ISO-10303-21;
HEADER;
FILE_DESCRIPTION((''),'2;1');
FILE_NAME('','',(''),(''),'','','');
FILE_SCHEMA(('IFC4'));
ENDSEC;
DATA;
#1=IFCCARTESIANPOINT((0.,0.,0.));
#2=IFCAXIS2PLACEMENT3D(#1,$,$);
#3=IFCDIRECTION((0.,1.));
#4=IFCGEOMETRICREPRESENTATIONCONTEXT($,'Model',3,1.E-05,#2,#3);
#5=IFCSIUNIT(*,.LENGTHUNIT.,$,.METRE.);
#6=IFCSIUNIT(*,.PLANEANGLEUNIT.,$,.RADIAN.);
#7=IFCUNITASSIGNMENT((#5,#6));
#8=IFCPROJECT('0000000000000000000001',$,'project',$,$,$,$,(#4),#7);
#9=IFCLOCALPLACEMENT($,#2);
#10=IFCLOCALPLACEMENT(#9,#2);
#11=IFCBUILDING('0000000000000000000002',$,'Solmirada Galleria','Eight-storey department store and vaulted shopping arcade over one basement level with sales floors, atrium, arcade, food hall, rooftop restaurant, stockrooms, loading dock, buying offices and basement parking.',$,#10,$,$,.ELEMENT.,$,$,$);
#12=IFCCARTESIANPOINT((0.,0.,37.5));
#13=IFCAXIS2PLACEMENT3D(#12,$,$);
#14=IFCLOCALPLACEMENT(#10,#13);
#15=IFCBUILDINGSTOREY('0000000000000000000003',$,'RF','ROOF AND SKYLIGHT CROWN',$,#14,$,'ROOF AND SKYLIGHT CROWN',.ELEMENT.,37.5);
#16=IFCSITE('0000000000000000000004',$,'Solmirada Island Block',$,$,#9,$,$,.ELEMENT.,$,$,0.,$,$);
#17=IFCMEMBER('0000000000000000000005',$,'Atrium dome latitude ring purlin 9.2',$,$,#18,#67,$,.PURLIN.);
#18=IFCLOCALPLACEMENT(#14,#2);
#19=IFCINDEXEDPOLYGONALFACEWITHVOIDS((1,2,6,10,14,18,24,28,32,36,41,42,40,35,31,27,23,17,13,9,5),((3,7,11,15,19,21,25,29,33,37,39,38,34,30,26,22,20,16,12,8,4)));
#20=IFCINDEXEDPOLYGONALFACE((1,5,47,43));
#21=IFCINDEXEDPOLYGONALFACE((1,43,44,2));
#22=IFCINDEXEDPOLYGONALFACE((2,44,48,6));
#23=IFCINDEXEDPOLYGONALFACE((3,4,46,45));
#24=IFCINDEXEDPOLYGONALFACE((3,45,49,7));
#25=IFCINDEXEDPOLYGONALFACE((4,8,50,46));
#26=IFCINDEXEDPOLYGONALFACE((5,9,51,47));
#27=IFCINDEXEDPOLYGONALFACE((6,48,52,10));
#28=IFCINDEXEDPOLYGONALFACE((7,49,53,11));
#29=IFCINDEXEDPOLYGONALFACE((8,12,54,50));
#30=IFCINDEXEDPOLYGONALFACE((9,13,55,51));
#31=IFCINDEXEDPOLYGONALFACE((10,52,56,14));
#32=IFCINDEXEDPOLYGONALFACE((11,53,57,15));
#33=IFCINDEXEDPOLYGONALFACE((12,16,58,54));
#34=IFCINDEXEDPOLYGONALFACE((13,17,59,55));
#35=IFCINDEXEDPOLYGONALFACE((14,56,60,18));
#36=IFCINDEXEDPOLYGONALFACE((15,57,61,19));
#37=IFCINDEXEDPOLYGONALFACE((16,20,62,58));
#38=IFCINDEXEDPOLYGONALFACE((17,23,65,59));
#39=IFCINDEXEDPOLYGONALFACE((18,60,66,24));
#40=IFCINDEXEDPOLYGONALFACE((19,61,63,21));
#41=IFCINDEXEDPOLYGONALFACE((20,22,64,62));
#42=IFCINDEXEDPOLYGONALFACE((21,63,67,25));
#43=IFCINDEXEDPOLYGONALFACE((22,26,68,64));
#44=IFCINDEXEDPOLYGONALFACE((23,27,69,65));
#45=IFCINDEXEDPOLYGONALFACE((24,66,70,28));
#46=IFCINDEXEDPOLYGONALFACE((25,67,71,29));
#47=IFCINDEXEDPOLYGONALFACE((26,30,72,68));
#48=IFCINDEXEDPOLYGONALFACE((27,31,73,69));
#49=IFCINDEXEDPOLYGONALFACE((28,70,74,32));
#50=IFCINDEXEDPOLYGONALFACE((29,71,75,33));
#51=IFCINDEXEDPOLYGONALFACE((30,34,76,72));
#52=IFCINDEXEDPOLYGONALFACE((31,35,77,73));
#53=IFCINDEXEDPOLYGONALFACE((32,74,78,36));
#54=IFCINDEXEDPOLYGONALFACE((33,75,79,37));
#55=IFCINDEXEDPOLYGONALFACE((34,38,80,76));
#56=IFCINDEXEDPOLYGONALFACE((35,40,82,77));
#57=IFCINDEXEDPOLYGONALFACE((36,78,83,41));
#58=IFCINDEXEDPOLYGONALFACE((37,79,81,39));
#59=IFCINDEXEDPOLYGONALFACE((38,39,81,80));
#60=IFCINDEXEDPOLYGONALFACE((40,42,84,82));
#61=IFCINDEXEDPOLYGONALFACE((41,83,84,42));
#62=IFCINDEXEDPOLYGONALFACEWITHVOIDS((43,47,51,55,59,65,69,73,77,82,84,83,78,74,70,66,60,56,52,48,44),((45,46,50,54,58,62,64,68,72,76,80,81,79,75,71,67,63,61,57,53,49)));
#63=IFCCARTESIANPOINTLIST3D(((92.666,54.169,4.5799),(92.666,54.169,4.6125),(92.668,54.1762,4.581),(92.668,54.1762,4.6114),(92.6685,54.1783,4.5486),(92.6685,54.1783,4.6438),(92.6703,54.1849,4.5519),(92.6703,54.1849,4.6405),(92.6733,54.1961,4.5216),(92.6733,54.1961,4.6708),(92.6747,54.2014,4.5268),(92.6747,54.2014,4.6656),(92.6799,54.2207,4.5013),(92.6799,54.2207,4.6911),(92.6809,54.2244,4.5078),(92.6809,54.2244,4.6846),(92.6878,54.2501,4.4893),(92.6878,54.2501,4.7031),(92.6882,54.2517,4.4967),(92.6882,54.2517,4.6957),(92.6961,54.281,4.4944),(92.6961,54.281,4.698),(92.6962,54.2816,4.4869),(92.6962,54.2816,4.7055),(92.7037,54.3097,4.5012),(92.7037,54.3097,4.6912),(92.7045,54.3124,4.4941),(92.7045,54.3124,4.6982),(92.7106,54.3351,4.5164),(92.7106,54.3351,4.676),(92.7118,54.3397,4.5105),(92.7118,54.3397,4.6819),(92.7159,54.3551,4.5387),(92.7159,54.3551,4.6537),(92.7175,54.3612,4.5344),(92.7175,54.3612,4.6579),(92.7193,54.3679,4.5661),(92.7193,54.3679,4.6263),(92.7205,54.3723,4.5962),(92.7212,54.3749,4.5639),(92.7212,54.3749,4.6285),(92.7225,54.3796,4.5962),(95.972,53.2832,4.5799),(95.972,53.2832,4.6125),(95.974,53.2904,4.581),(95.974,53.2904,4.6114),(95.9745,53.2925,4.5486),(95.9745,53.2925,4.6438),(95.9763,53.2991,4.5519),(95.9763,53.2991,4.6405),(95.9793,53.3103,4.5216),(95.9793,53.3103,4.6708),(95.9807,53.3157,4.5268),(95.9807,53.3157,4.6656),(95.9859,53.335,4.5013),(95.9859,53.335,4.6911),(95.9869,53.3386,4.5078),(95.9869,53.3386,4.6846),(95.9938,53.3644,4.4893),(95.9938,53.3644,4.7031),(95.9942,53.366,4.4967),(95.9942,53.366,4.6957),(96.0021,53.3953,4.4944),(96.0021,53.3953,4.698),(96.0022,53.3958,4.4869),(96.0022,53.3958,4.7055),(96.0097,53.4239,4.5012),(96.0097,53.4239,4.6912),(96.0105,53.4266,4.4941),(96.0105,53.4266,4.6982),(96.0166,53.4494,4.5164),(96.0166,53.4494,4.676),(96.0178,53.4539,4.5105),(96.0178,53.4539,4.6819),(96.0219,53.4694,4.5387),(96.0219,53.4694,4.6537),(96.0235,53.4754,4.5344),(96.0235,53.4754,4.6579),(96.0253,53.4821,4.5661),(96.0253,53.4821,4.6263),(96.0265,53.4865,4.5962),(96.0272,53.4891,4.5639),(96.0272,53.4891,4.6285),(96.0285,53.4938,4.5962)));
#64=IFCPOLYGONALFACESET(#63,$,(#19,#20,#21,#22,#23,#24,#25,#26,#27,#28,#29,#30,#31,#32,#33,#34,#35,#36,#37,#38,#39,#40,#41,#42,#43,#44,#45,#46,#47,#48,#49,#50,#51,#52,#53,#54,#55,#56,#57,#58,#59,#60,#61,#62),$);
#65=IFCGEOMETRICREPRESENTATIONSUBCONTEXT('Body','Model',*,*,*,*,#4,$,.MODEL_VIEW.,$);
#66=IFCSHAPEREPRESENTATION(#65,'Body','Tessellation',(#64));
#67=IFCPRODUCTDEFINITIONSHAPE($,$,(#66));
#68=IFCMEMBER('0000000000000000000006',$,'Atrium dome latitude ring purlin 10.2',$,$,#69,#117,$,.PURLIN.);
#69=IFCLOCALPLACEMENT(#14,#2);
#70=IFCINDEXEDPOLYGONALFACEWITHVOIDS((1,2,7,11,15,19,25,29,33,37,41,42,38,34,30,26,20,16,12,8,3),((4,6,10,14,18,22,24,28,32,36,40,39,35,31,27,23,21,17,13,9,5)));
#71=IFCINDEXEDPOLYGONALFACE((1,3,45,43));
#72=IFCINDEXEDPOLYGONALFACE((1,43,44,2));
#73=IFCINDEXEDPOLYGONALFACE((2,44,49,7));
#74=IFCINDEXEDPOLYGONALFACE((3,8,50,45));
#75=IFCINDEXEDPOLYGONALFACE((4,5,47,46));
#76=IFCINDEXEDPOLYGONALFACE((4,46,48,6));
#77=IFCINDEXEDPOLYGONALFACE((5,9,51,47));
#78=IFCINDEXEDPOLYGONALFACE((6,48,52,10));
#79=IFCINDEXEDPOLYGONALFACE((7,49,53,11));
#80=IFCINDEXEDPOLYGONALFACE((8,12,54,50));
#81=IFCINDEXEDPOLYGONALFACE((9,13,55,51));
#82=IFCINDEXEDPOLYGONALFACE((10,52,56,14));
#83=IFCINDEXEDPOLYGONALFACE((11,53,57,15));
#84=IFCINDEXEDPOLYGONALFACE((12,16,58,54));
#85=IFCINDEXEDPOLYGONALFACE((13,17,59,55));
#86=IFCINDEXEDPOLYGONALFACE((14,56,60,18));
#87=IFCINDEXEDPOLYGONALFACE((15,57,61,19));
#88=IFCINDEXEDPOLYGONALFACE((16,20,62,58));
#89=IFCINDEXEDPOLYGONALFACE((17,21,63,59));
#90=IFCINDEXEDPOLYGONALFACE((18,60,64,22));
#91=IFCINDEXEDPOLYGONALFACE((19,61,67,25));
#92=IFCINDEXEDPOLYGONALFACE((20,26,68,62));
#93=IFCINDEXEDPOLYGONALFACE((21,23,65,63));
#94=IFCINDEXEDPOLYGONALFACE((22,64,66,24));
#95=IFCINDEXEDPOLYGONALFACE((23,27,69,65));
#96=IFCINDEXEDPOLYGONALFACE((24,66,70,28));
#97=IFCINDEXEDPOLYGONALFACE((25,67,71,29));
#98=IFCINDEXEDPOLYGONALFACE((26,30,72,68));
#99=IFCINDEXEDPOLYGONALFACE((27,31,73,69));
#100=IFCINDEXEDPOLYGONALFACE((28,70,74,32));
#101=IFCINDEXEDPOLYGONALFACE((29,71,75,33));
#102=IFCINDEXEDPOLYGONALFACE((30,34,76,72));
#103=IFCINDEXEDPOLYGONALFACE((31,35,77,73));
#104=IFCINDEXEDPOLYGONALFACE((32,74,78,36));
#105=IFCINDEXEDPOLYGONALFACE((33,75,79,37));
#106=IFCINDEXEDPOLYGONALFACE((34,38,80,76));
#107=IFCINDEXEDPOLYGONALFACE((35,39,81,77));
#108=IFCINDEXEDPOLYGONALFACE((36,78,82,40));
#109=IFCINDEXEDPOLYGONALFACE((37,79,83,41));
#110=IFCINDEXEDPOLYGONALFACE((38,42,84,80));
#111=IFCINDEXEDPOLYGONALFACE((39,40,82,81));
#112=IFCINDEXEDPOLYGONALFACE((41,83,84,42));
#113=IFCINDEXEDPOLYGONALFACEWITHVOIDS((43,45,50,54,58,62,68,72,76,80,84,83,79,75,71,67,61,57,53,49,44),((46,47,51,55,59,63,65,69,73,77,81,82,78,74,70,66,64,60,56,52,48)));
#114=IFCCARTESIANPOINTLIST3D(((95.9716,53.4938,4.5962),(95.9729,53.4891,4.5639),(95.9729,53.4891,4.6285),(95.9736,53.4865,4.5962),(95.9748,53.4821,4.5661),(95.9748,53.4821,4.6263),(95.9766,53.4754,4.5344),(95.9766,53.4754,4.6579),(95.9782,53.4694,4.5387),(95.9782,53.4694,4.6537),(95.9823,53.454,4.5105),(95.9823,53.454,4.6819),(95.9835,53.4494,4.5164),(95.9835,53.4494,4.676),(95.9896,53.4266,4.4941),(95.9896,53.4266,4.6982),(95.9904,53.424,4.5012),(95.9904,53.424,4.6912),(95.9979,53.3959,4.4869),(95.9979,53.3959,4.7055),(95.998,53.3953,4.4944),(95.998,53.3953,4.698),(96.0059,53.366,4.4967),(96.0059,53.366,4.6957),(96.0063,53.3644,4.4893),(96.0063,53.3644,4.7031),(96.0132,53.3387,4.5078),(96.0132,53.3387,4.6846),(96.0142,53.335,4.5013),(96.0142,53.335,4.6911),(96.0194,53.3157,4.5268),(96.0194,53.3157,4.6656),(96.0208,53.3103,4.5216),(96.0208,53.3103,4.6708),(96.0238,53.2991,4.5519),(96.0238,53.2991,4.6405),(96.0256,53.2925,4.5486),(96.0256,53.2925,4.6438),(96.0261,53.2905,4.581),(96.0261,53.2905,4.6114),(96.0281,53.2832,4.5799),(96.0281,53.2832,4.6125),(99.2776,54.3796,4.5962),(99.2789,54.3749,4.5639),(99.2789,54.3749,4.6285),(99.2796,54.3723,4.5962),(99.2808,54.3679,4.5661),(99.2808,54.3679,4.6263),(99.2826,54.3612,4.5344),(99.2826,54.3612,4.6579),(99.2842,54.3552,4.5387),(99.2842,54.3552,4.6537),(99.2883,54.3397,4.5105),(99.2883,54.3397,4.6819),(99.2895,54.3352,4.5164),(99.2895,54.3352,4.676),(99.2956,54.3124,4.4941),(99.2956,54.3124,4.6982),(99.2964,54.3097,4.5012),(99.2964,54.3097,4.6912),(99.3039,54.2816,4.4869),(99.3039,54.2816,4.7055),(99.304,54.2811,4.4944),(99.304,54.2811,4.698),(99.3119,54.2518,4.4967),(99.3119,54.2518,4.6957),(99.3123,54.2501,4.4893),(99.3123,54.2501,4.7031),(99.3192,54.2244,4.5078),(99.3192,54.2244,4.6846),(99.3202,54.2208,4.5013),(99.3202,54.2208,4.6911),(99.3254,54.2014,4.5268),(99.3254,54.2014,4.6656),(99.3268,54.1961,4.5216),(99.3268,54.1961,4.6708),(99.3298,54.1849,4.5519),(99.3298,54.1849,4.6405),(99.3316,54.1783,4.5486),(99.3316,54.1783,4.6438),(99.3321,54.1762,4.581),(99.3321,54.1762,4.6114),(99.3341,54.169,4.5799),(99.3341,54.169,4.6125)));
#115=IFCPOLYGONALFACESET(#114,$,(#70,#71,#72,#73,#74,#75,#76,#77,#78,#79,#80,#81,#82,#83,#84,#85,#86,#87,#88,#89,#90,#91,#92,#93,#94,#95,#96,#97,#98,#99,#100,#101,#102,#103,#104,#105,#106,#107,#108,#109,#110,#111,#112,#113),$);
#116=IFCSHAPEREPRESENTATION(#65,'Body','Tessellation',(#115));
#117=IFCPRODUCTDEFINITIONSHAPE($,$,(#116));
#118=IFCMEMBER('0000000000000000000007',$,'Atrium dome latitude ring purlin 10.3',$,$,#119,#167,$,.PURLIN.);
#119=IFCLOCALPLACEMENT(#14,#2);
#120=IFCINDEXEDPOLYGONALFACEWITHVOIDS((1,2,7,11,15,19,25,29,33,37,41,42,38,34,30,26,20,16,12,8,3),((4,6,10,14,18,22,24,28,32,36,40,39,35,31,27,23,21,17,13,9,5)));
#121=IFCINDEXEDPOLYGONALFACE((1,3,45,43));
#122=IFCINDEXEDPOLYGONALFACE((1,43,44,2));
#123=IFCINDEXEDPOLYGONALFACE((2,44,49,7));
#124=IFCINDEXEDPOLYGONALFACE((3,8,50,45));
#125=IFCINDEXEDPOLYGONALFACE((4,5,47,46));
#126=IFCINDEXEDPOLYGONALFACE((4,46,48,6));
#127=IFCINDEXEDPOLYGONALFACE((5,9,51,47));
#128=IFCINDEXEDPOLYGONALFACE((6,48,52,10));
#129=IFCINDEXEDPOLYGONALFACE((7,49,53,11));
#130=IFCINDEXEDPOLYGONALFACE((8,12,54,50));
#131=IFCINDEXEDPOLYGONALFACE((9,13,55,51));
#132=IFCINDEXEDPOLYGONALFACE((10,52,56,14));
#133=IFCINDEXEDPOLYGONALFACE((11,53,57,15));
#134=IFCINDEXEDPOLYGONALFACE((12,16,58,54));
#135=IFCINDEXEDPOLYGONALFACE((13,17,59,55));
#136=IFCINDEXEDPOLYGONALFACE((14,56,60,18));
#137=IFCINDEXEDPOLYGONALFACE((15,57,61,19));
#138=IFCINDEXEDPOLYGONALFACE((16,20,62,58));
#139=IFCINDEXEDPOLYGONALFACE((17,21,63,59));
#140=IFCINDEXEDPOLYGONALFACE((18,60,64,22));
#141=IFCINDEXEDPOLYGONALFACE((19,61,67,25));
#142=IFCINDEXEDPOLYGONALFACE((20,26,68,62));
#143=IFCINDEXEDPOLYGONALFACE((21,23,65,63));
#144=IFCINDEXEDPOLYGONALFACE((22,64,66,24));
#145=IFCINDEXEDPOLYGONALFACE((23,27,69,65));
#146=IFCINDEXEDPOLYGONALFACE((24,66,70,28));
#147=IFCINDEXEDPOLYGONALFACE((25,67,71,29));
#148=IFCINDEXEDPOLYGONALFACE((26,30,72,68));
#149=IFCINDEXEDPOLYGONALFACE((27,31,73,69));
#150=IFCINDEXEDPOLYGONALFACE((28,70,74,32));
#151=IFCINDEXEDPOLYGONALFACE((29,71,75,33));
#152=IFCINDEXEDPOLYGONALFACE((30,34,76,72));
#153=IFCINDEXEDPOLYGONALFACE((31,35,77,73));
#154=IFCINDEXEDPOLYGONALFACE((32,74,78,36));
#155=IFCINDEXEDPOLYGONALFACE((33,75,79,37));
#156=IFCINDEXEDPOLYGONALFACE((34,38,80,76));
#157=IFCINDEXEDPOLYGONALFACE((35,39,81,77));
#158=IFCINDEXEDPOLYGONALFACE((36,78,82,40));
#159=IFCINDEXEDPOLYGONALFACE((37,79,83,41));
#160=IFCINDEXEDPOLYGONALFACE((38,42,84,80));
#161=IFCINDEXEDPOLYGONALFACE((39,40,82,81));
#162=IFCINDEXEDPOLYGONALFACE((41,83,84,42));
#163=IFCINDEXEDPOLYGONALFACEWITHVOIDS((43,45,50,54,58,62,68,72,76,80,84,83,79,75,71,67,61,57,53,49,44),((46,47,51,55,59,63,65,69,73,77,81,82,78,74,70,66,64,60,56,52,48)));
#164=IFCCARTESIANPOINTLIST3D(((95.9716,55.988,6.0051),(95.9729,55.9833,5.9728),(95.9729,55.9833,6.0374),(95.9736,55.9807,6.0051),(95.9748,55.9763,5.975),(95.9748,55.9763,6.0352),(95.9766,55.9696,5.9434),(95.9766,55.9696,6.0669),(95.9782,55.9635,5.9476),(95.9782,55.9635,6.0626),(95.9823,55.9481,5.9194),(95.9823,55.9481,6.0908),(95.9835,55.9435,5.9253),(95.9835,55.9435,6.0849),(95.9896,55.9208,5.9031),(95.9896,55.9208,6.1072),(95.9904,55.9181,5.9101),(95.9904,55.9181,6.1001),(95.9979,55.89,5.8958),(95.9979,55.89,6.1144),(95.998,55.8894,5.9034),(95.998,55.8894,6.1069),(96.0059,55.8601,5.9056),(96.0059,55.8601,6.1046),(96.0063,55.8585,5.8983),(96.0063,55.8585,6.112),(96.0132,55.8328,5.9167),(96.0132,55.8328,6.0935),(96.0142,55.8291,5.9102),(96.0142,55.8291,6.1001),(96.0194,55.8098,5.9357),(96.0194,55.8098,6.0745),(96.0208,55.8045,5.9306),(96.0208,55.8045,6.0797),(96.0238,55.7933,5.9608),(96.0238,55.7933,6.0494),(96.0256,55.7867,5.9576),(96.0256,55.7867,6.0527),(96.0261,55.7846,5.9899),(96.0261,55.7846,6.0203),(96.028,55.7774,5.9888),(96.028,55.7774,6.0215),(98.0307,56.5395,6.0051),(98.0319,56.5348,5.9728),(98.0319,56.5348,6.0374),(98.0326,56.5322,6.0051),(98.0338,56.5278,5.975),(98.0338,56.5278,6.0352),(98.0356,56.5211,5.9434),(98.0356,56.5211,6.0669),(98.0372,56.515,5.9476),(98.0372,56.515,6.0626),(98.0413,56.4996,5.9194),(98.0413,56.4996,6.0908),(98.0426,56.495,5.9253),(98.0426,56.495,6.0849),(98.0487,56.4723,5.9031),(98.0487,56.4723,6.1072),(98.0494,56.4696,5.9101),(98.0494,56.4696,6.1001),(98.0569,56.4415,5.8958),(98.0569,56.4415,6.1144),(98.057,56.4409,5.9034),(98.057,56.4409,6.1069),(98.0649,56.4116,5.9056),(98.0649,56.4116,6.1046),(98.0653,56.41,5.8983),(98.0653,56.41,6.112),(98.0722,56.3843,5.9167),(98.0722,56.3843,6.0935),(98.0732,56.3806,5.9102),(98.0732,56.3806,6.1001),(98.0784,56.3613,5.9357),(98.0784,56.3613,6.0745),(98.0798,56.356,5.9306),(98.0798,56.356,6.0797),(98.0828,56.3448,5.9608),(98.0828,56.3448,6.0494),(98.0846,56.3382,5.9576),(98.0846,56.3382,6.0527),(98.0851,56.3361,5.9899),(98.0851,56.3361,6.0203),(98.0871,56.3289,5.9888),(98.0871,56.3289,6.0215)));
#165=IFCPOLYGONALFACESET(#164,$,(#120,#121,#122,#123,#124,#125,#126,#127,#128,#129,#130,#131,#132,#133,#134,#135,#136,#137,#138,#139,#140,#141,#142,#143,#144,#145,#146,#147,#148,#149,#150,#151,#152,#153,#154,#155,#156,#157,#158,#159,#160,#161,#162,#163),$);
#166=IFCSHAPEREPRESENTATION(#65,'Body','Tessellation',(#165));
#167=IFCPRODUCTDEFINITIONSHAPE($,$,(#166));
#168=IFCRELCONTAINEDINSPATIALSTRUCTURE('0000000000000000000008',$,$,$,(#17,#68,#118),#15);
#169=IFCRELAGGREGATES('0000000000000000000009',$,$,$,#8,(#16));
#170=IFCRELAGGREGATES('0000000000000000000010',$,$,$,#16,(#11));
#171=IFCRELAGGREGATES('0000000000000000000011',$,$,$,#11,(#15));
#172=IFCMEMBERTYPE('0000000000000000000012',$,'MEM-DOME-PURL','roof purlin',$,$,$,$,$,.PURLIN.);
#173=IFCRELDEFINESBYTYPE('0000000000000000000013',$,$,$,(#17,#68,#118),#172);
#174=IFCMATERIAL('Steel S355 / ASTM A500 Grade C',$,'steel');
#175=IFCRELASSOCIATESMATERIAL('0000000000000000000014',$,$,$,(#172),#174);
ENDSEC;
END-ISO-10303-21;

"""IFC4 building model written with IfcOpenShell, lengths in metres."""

from ifc_helpers import new_model, si_unit, direction, frame, origin, origin_2d, place, context, subcontext, project, spatial, hollow_circle, extrude, material, material_profile, profile_set, type_object, element, save


model = new_model("IFC4")

# Units and contexts
model_context = context("Model", 3, precision=1e-05, world=origin(), true_north=direction((0.0, 1.0)))
body_context = subcontext(model_context, "Body", "Model", "MODEL_VIEW")
ifc_project = project(units=[si_unit("LENGTHUNIT", "METRE"), si_unit("PLANEANGLEUNIT", "RADIAN")], contexts=[model_context])

# Site, building, storey
site_placement = place(None, origin())
site = spatial("IfcSite", under=ifc_project, at=site_placement, Name="Solmirada Island Block", CompositionType="ELEMENT", RefElevation=0.0)
building_placement = place(site_placement, origin())
building = spatial("IfcBuilding", under=site, at=building_placement, Name="Solmirada Galleria", Description="Eight-storey department store and vaulted shopping arcade over one basement level with sales floors, atrium, arcade, food hall, rooftop restaurant, stockrooms, loading dock, buying offices and basement parking.", CompositionType="ELEMENT")
storey_placement = place(building_placement, frame((0.0, 0.0, 37.5)))
storey = spatial("IfcBuildingStorey", under=building, at=storey_placement, Name="RF", Description="ROOF AND SKYLIGHT CROWN", LongName="ROOF AND SKYLIGHT CROWN", CompositionType="ELEMENT", Elevation=37.5)

# Members
ifc_material_1 = material(Name="Steel S355 / ASTM A500 Grade C", Category="steel")
ifc_material_profile_1 = material_profile(ifc_material_1, hollow_circle(Radius=0.1096, WallThickness=0.0076, at=origin_2d()), Name="HSS8.625X0.322")
ifc_profile_set_1 = profile_set([ifc_material_profile_1], Name="Steel S355 / ASTM A500 Grade C")
member_type_1 = type_object("IfcMemberType", Name="MEM-DOME-PURL", Description="roof purlin", PredefinedType="PURLIN", material=ifc_profile_set_1)
for number, where, z_axis, x_axis, name in (
    (1, (92.6941, 54.2737, 4.5962), (0.965931, -0.258799, 0.0), (0.258799, 0.965931, 0.0), "Atrium dome latitude ring purlin 9.2"),
    (2, (96.0, 53.3879, 4.5962), (0.965931, 0.258799, 0.0), (-0.258799, 0.965931, 0.0), "Atrium dome latitude ring purlin 10.2"),
):
    element("IfcMember", number, at=place(storey_placement, frame(where, z_axis=z_axis, x_axis=x_axis)), inside=storey, type_object=member_type_1, Name=name, PredefinedType="PURLIN", context=body_context, shape_type="SweptSolid", body=[
        extrude(hollow_circle(Radius=0.1096, WallThickness=0.0076, at=origin_2d()), origin(), (0.0, 0.0, 1.0), 3.4226),
    ])
member_1_placement = place(storey_placement, frame((96.0, 55.8821, 6.0051), z_axis=(0.965951, 0.258725, 0.0), x_axis=(-0.258725, 0.965951, 0.0)))
element("IfcMember", 3, at=member_1_placement, inside=storey, type_object=member_type_1, Name="Atrium dome latitude ring purlin 10.3", PredefinedType="PURLIN", context=body_context, shape_type="SweptSolid", body=[
    extrude(hollow_circle(Radius=0.1096, WallThickness=0.0076, at=origin_2d()), origin(), (0.0, 0.0, 1.0), 2.1316),
])

save(model, "model.ifc")
